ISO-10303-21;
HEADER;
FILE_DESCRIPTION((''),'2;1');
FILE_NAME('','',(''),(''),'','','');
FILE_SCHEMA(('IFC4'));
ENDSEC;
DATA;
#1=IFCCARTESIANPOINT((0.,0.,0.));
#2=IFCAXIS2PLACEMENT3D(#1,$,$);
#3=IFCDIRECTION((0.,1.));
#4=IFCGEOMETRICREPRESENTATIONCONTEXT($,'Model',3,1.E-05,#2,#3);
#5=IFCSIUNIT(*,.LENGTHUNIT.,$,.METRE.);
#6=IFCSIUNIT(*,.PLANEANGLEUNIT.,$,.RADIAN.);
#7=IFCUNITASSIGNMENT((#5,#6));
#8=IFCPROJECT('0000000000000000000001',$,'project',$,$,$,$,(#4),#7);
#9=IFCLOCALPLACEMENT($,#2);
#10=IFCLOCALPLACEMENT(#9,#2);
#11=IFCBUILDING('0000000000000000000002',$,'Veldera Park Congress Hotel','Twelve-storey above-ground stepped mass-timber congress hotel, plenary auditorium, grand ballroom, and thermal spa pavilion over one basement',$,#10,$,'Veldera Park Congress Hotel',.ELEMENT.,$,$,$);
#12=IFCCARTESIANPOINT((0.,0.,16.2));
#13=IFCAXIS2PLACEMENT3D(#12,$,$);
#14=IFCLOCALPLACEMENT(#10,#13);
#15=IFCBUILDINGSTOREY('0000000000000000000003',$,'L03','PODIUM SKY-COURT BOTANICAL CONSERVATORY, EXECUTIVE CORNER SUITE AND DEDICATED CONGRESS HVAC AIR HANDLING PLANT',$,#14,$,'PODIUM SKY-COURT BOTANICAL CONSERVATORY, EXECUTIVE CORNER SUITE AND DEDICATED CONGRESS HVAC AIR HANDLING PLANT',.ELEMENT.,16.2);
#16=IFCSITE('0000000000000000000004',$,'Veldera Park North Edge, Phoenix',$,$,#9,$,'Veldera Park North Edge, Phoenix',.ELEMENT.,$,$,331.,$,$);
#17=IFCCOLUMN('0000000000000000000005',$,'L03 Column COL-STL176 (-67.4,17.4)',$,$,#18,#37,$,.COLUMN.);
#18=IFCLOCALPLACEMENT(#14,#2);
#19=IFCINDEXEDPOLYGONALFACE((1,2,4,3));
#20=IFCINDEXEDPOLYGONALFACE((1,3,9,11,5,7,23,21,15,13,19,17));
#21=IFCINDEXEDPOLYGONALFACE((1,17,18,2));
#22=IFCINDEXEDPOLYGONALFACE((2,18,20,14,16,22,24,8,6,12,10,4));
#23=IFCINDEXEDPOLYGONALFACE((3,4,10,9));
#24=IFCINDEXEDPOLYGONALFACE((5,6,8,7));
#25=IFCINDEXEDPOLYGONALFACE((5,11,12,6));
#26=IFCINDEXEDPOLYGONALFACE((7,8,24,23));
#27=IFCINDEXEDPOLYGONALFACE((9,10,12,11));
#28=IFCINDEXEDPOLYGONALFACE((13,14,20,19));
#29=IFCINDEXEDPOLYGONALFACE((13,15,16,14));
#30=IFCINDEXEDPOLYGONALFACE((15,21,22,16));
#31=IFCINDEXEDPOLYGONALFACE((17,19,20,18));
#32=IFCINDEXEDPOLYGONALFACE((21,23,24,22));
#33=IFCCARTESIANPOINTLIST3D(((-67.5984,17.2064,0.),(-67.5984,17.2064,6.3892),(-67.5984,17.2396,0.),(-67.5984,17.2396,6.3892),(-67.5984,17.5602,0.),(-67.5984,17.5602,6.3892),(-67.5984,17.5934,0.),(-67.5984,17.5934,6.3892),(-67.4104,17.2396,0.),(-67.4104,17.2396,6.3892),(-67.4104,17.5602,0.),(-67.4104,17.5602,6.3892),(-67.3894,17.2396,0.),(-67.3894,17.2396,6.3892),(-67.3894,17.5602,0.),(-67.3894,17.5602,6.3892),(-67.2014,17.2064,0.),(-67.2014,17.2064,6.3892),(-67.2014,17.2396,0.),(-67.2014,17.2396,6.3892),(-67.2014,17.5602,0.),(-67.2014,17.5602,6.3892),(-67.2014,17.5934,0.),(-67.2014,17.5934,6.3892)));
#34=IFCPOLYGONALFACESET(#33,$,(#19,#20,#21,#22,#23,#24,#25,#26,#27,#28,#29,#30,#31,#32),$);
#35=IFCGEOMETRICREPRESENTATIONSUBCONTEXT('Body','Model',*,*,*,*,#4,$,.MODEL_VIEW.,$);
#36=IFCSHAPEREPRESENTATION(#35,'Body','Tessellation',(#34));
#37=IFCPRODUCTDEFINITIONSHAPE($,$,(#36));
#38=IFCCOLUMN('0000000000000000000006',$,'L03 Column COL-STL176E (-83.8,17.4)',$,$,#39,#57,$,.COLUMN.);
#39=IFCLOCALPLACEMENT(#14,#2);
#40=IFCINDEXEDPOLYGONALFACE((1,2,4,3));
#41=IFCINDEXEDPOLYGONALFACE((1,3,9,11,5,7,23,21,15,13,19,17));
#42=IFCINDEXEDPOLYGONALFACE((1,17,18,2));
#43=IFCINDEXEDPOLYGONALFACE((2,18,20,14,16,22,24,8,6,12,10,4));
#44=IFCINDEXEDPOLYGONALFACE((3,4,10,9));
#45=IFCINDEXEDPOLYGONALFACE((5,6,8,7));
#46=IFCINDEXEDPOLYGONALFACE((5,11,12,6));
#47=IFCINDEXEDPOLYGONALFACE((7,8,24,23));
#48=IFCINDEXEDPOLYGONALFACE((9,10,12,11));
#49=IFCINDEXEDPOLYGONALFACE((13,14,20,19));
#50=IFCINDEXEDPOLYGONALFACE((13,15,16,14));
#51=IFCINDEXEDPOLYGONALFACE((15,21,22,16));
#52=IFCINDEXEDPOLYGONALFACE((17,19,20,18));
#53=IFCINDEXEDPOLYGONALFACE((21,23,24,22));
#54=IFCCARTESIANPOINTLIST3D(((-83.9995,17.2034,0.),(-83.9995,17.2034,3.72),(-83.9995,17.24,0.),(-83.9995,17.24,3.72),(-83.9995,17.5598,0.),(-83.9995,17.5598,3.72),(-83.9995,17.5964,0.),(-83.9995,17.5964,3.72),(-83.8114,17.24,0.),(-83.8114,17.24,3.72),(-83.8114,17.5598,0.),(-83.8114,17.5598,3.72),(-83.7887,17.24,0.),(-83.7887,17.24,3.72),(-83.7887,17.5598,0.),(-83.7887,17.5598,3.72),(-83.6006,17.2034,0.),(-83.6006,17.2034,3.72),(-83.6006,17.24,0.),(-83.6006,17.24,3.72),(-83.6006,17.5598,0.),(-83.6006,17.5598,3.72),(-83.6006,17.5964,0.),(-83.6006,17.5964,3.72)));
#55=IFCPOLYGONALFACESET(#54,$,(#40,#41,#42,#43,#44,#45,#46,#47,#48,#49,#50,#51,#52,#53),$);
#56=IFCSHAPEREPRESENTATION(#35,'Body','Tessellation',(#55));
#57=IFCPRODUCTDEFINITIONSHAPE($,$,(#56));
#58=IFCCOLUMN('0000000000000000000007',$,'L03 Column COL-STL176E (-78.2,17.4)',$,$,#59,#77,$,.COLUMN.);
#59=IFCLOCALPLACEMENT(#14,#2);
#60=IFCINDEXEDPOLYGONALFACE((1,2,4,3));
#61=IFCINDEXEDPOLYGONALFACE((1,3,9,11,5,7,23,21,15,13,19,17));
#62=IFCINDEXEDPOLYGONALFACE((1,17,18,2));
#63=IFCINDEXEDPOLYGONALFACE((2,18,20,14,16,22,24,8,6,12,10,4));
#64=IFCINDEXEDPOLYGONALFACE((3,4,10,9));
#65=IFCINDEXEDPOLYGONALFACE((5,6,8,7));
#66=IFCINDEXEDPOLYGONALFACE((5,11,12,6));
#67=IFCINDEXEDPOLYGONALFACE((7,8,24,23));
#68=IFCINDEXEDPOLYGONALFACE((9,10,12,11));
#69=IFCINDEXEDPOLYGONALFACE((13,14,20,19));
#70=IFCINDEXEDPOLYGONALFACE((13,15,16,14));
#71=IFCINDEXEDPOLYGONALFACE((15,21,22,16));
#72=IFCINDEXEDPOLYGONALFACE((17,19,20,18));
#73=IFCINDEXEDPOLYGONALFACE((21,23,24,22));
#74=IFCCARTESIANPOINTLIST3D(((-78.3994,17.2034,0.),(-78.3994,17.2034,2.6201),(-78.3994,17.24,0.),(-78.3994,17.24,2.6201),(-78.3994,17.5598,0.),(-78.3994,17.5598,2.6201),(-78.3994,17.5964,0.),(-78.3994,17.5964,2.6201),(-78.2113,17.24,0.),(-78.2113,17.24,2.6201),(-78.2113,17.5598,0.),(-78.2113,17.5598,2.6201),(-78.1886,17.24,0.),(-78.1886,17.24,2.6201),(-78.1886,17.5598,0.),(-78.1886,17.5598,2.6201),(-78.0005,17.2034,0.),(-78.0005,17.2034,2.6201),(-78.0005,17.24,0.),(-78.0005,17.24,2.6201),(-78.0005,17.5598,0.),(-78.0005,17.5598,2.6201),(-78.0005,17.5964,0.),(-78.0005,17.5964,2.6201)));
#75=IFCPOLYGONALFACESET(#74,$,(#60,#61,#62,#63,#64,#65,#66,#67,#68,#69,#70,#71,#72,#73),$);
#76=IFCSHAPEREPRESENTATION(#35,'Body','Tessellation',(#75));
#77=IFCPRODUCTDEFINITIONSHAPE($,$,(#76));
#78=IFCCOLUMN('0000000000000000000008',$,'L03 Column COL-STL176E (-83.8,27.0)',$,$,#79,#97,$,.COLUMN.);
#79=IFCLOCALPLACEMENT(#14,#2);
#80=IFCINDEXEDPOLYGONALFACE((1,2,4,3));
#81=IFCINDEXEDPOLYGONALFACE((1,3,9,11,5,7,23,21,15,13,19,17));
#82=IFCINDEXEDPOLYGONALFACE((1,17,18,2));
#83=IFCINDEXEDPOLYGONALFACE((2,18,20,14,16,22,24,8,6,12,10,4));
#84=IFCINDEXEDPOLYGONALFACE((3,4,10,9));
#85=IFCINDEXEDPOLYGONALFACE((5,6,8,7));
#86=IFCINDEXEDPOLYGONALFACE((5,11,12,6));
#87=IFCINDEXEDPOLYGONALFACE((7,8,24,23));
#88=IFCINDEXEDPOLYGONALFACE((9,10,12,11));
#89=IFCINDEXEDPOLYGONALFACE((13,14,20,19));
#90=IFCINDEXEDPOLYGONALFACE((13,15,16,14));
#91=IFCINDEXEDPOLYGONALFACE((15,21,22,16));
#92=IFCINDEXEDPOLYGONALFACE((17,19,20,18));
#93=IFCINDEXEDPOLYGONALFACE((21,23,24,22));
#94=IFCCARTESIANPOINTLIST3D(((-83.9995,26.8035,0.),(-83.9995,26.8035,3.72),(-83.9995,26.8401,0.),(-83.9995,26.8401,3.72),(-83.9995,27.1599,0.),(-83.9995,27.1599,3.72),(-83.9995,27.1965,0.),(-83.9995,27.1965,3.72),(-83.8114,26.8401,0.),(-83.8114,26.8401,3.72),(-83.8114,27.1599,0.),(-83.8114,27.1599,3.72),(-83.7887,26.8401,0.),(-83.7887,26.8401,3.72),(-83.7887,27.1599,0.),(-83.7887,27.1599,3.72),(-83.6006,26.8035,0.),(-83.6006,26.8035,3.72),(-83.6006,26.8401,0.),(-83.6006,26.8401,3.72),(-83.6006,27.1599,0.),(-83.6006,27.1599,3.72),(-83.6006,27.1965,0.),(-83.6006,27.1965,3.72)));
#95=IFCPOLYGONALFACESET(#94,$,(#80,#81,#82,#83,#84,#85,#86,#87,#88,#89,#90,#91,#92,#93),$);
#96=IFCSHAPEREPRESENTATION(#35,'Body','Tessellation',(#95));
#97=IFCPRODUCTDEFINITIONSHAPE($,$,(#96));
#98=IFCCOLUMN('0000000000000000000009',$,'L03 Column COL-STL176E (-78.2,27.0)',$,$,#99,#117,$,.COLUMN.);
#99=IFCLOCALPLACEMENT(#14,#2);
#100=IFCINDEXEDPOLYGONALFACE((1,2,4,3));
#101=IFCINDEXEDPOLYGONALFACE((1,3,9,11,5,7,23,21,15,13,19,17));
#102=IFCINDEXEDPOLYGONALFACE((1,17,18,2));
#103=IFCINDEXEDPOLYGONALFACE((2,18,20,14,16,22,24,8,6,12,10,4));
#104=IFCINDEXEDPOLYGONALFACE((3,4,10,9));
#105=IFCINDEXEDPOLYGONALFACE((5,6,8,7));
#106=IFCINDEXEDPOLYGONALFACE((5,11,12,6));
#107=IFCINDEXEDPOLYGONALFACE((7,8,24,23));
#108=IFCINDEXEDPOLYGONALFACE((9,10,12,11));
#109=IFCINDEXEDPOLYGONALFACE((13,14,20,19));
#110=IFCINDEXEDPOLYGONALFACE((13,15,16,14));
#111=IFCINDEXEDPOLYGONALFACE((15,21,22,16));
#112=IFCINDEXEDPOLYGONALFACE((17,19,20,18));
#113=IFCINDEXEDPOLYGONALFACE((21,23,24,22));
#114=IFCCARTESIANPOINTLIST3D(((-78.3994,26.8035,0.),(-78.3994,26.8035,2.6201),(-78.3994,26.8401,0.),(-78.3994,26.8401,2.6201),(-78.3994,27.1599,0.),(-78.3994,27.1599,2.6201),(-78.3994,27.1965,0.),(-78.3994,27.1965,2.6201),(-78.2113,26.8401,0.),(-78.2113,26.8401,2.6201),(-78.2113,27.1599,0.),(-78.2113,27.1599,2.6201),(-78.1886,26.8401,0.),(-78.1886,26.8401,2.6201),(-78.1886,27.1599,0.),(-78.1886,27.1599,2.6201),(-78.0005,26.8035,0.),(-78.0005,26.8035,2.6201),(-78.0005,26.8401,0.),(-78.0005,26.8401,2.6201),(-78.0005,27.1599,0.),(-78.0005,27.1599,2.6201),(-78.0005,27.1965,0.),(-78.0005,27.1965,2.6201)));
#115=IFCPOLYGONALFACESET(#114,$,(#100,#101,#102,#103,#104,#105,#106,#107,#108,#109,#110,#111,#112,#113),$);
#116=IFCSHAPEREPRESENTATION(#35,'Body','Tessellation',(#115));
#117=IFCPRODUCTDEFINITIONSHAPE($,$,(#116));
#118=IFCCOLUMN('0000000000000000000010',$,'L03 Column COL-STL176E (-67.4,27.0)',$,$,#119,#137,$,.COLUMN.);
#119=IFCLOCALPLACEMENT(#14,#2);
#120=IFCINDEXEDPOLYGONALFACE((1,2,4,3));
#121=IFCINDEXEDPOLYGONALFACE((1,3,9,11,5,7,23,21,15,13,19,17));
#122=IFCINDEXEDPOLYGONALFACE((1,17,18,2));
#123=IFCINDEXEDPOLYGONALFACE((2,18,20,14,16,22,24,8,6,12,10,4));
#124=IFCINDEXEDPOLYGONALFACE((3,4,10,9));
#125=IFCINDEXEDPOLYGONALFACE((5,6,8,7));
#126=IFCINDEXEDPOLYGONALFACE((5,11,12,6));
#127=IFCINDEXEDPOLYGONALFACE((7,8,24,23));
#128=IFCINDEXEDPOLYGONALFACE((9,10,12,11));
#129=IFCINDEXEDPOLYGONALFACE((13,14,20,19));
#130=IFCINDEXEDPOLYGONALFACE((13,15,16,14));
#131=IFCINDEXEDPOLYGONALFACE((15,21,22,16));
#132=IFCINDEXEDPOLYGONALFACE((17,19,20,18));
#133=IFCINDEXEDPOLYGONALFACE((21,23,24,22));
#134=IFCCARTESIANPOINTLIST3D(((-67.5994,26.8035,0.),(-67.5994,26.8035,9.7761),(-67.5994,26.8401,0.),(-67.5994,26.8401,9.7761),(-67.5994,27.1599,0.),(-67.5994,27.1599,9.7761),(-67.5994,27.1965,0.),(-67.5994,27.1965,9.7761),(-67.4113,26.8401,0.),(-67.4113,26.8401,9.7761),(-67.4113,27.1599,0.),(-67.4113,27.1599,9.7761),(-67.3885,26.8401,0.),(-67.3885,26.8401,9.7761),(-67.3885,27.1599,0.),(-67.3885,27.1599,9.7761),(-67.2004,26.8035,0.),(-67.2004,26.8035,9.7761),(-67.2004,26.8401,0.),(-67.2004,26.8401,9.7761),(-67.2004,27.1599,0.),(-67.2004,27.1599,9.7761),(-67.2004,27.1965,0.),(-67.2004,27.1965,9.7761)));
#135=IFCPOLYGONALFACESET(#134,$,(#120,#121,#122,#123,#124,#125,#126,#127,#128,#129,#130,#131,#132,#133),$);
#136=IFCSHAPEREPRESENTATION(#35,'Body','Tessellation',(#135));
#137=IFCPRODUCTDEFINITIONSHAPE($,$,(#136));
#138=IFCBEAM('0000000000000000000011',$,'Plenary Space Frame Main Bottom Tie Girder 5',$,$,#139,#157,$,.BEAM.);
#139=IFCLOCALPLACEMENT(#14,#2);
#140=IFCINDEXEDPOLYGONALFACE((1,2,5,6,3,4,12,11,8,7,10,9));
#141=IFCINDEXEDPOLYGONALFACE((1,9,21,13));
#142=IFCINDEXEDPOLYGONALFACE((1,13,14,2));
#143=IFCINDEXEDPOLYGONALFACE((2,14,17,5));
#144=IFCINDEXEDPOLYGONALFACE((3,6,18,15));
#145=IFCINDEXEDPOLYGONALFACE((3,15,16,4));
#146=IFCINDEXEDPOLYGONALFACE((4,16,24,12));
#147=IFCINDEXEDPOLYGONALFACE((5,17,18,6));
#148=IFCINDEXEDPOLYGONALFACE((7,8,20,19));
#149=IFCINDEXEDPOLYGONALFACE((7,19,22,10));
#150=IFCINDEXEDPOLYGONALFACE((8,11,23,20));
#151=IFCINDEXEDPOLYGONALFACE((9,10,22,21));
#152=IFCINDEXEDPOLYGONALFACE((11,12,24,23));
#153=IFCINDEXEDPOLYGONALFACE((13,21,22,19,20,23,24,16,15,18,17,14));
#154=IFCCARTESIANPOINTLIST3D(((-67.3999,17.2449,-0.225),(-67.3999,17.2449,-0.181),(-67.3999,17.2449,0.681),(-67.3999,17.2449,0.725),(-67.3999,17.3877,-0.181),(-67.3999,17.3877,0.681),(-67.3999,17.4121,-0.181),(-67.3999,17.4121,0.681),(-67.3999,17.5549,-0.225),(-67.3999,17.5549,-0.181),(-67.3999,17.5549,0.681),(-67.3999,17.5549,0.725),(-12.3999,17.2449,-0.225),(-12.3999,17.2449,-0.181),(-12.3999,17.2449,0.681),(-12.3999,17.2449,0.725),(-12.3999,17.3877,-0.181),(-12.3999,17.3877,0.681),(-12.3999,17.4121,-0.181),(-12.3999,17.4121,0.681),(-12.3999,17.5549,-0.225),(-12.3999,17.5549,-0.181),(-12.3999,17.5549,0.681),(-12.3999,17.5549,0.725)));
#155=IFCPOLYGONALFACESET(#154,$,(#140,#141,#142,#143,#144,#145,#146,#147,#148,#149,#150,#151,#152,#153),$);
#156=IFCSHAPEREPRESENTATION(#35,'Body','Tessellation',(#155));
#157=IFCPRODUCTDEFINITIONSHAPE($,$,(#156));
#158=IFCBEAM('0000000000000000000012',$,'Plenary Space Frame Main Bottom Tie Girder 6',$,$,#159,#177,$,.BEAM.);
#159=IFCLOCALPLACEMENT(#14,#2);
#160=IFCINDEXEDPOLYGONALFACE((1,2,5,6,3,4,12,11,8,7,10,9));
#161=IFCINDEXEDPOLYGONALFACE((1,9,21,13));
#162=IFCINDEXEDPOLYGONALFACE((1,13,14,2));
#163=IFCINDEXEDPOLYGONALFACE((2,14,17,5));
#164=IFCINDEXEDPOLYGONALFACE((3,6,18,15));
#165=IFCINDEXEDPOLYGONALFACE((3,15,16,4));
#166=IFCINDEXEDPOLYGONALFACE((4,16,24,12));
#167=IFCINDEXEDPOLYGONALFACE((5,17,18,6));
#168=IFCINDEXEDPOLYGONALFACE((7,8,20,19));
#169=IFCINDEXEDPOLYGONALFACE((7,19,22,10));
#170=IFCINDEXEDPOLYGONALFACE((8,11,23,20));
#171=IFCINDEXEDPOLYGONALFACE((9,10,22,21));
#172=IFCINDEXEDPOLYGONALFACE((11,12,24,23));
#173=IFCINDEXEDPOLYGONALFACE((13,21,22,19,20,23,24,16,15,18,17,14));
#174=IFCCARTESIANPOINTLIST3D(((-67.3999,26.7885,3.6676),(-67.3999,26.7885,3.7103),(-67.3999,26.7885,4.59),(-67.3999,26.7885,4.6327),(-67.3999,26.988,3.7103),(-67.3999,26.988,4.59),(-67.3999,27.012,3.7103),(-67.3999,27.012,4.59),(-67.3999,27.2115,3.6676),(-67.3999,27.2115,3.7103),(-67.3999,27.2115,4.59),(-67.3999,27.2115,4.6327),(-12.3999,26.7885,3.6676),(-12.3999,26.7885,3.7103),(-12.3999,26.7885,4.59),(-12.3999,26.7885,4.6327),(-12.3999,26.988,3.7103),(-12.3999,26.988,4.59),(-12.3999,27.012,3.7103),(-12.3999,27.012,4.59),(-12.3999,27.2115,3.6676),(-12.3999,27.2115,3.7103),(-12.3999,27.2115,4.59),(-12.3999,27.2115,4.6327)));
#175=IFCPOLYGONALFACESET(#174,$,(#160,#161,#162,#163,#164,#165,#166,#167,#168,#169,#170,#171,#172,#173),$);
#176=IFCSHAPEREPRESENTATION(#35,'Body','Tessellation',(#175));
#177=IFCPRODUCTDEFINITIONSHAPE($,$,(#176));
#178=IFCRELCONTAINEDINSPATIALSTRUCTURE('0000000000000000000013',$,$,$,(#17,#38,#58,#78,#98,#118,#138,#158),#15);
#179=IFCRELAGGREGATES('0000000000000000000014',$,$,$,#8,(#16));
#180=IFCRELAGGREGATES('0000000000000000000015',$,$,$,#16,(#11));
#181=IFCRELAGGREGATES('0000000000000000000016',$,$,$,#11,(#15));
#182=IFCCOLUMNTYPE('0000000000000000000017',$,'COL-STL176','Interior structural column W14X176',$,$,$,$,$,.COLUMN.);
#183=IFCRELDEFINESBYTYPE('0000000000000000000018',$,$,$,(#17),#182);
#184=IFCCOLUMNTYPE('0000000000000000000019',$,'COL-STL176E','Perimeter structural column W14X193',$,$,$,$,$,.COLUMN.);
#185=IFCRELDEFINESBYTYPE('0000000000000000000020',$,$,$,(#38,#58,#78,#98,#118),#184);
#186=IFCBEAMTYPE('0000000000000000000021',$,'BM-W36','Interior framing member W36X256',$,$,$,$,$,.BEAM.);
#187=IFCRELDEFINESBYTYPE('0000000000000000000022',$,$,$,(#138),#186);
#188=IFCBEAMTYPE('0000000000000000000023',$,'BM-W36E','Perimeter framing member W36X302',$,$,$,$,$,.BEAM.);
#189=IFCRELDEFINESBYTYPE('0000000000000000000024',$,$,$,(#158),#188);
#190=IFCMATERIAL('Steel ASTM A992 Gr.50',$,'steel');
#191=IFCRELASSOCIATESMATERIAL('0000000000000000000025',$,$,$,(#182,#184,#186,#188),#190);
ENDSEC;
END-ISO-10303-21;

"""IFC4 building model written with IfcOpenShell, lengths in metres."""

from ifc_helpers import new_model, si_unit, direction, frame, origin, origin_2d, place, context, subcontext, project, spatial, i_section, extrude, material, material_profile, profile_set, type_object, element, save


model = new_model("IFC4")

# Units and contexts
model_context = context("Model", 3, precision=1e-05, world=origin(), true_north=direction((0.0, 1.0)))
body_context = subcontext(model_context, "Body", "Model", "MODEL_VIEW")
ifc_project = project(units=[si_unit("LENGTHUNIT", "METRE"), si_unit("PLANEANGLEUNIT", "RADIAN")], contexts=[model_context])

# Site, building, storey
site_placement = place(None, origin())
site = spatial("IfcSite", under=ifc_project, at=site_placement, Name="Veldera Park North Edge, Phoenix", LongName="Veldera Park North Edge, Phoenix", CompositionType="ELEMENT", RefElevation=331.0)
building_placement = place(site_placement, origin())
building = spatial("IfcBuilding", under=site, at=building_placement, Name="Veldera Park Congress Hotel", Description="Twelve-storey above-ground stepped mass-timber congress hotel, plenary auditorium, grand ballroom, and thermal spa pavilion over one basement", LongName="Veldera Park Congress Hotel", CompositionType="ELEMENT")
storey_placement = place(building_placement, frame((0.0, 0.0, 16.2)))
storey = spatial("IfcBuildingStorey", under=building, at=storey_placement, Name="L03", Description="PODIUM SKY-COURT BOTANICAL CONSERVATORY, EXECUTIVE CORNER SUITE AND DEDICATED CONGRESS HVAC AIR HANDLING PLANT", LongName="PODIUM SKY-COURT BOTANICAL CONSERVATORY, EXECUTIVE CORNER SUITE AND DEDICATED CONGRESS HVAC AIR HANDLING PLANT", CompositionType="ELEMENT", Elevation=16.2)

# Columns
ifc_material_1 = material(Name="Steel ASTM A992 Gr.50", Category="steel")
ifc_material_profile_1 = material_profile(ifc_material_1, i_section(OverallWidth=0.397, OverallDepth=0.387, WebThickness=0.021, FlangeThickness=0.0332, at=origin_2d()), Name="W14X176")
ifc_profile_set_1 = profile_set([ifc_material_profile_1], Name="Steel ASTM A992 Gr.50")
column_type_1 = type_object("IfcColumnType", Name="COL-STL176", Description="Interior structural column W14X176", PredefinedType="COLUMN", material=ifc_profile_set_1)
column_1_placement = place(storey_placement, frame((-67.3999, 17.3999, 0.0), z_axis=(0.0, 0.0, 1.0), x_axis=(1.0, 0.0, 0.0)))
element("IfcColumn", 1, at=column_1_placement, inside=storey, type_object=column_type_1, Name="L03 Column COL-STL176 (-67.4,17.4)", PredefinedType="COLUMN", context=body_context, shape_type="SweptSolid", body=[
    extrude(i_section(OverallWidth=0.397, OverallDepth=0.387, WebThickness=0.021, FlangeThickness=0.0332, at=origin_2d()), origin(), (0.0, 0.0, 1.0), 6.3892),
])
ifc_material_profile_2 = material_profile(ifc_material_1, i_section(OverallWidth=0.3989, OverallDepth=0.3931, WebThickness=0.0227, FlangeThickness=0.0366, at=origin_2d()), Name="W14X193")
ifc_profile_set_2 = profile_set([ifc_material_profile_2], Name="Steel ASTM A992 Gr.50")
column_type_2 = type_object("IfcColumnType", Name="COL-STL176E", Description="Perimeter structural column W14X193", PredefinedType="COLUMN", material=ifc_profile_set_2)
column_2_placement = place(storey_placement, frame((-83.8, 17.3999, 0.0), z_axis=(0.0, 0.0, 1.0), x_axis=(1.0, 0.0, 0.0)))
element("IfcColumn", 2, at=column_2_placement, inside=storey, type_object=column_type_2, Name="L03 Column COL-STL176E (-83.8,17.4)", PredefinedType="COLUMN", context=body_context, shape_type="SweptSolid", body=[
    extrude(i_section(OverallWidth=0.3989, OverallDepth=0.3931, WebThickness=0.0227, FlangeThickness=0.0366, at=origin_2d()), origin(), (0.0, 0.0, 1.0), 3.72),
])
column_3_placement = place(storey_placement, frame((-78.2, 17.3999, 0.0), z_axis=(0.0, 0.0, 1.0), x_axis=(1.0, 0.0, 0.0)))
element("IfcColumn", 3, at=column_3_placement, inside=storey, type_object=column_type_2, Name="L03 Column COL-STL176E (-78.2,17.4)", PredefinedType="COLUMN", context=body_context, shape_type="SweptSolid", body=[
    extrude(i_section(OverallWidth=0.3989, OverallDepth=0.3931, WebThickness=0.0227, FlangeThickness=0.0366, at=origin_2d()), origin(), (0.0, 0.0, 1.0), 2.6201),
])
column_4_placement = place(storey_placement, frame((-83.8, 27.0, 0.0), z_axis=(0.0, 0.0, 1.0), x_axis=(1.0, 0.0, 0.0)))
element("IfcColumn", 4, at=column_4_placement, inside=storey, type_object=column_type_2, Name="L03 Column COL-STL176E (-83.8,27.0)", PredefinedType="COLUMN", context=body_context, shape_type="SweptSolid", body=[
    extrude(i_section(OverallWidth=0.3989, OverallDepth=0.3931, WebThickness=0.0227, FlangeThickness=0.0366, at=origin_2d()), origin(), (0.0, 0.0, 1.0), 3.72),
])
column_5_placement = place(storey_placement, frame((-78.2, 27.0, 0.0), z_axis=(0.0, 0.0, 1.0), x_axis=(1.0, 0.0, 0.0)))
element("IfcColumn", 5, at=column_5_placement, inside=storey, type_object=column_type_2, Name="L03 Column COL-STL176E (-78.2,27.0)", PredefinedType="COLUMN", context=body_context, shape_type="SweptSolid", body=[
    extrude(i_section(OverallWidth=0.3989, OverallDepth=0.3931, WebThickness=0.0227, FlangeThickness=0.0366, at=origin_2d()), origin(), (0.0, 0.0, 1.0), 2.6201),
])
column_6_placement = place(storey_placement, frame((-67.3999, 27.0, 0.0), z_axis=(0.0, 0.0, 1.0), x_axis=(1.0, 0.0, 0.0)))
element("IfcColumn", 6, at=column_6_placement, inside=storey, type_object=column_type_2, Name="L03 Column COL-STL176E (-67.4,27.0)", PredefinedType="COLUMN", context=body_context, shape_type="SweptSolid", body=[
    extrude(i_section(OverallWidth=0.3989, OverallDepth=0.3931, WebThickness=0.0227, FlangeThickness=0.0366, at=origin_2d()), origin(), (0.0, 0.0, 1.0), 9.7761),
])

# Beams
ifc_material_profile_3 = material_profile(ifc_material_1, i_section(OverallWidth=0.3101, OverallDepth=0.95, WebThickness=0.0244, FlangeThickness=0.0439, at=origin_2d()), Name="W36X256")
ifc_profile_set_3 = profile_set([ifc_material_profile_3], Name="Steel ASTM A992 Gr.50")
beam_type_1 = type_object("IfcBeamType", Name="BM-W36", Description="Interior framing member W36X256", PredefinedType="BEAM", material=ifc_profile_set_3)
beam_1_placement = place(storey_placement, frame((-67.3999, 17.3999, 0.25), z_axis=(1.0, 0.0, 0.0), x_axis=(0.0, 1.0, 0.0)))
element("IfcBeam", 7, at=beam_1_placement, inside=storey, type_object=beam_type_1, Name="Plenary Space Frame Main Bottom Tie Girder 5", PredefinedType="BEAM", context=body_context, shape_type="SweptSolid", body=[
    extrude(i_section(OverallWidth=0.3101, OverallDepth=0.95, WebThickness=0.0244, FlangeThickness=0.0439, at=origin_2d()), origin(), (0.0, 0.0, 1.0), 55.0),
])
ifc_material_profile_4 = material_profile(ifc_material_1, i_section(OverallWidth=0.4231, OverallDepth=0.9651, WebThickness=0.0239, FlangeThickness=0.0427, at=origin_2d()), Name="W36X302")
ifc_profile_set_4 = profile_set([ifc_material_profile_4], Name="Steel ASTM A992 Gr.50")
beam_type_2 = type_object("IfcBeamType", Name="BM-W36E", Description="Perimeter framing member W36X302", PredefinedType="BEAM", material=ifc_profile_set_4)
beam_2_placement = place(storey_placement, frame((-67.3999, 27.0, 4.1501), z_axis=(1.0, 0.0, 0.0), x_axis=(0.0, 1.0, 0.0)))
element("IfcBeam", 8, at=beam_2_placement, inside=storey, type_object=beam_type_2, Name="Plenary Space Frame Main Bottom Tie Girder 6", PredefinedType="BEAM", context=body_context, shape_type="SweptSolid", body=[
    extrude(i_section(OverallWidth=0.4231, OverallDepth=0.9651, WebThickness=0.0239, FlangeThickness=0.0427, at=origin_2d()), origin(), (0.0, 0.0, 1.0), 55.0),
])

save(model, "model.ifc")
